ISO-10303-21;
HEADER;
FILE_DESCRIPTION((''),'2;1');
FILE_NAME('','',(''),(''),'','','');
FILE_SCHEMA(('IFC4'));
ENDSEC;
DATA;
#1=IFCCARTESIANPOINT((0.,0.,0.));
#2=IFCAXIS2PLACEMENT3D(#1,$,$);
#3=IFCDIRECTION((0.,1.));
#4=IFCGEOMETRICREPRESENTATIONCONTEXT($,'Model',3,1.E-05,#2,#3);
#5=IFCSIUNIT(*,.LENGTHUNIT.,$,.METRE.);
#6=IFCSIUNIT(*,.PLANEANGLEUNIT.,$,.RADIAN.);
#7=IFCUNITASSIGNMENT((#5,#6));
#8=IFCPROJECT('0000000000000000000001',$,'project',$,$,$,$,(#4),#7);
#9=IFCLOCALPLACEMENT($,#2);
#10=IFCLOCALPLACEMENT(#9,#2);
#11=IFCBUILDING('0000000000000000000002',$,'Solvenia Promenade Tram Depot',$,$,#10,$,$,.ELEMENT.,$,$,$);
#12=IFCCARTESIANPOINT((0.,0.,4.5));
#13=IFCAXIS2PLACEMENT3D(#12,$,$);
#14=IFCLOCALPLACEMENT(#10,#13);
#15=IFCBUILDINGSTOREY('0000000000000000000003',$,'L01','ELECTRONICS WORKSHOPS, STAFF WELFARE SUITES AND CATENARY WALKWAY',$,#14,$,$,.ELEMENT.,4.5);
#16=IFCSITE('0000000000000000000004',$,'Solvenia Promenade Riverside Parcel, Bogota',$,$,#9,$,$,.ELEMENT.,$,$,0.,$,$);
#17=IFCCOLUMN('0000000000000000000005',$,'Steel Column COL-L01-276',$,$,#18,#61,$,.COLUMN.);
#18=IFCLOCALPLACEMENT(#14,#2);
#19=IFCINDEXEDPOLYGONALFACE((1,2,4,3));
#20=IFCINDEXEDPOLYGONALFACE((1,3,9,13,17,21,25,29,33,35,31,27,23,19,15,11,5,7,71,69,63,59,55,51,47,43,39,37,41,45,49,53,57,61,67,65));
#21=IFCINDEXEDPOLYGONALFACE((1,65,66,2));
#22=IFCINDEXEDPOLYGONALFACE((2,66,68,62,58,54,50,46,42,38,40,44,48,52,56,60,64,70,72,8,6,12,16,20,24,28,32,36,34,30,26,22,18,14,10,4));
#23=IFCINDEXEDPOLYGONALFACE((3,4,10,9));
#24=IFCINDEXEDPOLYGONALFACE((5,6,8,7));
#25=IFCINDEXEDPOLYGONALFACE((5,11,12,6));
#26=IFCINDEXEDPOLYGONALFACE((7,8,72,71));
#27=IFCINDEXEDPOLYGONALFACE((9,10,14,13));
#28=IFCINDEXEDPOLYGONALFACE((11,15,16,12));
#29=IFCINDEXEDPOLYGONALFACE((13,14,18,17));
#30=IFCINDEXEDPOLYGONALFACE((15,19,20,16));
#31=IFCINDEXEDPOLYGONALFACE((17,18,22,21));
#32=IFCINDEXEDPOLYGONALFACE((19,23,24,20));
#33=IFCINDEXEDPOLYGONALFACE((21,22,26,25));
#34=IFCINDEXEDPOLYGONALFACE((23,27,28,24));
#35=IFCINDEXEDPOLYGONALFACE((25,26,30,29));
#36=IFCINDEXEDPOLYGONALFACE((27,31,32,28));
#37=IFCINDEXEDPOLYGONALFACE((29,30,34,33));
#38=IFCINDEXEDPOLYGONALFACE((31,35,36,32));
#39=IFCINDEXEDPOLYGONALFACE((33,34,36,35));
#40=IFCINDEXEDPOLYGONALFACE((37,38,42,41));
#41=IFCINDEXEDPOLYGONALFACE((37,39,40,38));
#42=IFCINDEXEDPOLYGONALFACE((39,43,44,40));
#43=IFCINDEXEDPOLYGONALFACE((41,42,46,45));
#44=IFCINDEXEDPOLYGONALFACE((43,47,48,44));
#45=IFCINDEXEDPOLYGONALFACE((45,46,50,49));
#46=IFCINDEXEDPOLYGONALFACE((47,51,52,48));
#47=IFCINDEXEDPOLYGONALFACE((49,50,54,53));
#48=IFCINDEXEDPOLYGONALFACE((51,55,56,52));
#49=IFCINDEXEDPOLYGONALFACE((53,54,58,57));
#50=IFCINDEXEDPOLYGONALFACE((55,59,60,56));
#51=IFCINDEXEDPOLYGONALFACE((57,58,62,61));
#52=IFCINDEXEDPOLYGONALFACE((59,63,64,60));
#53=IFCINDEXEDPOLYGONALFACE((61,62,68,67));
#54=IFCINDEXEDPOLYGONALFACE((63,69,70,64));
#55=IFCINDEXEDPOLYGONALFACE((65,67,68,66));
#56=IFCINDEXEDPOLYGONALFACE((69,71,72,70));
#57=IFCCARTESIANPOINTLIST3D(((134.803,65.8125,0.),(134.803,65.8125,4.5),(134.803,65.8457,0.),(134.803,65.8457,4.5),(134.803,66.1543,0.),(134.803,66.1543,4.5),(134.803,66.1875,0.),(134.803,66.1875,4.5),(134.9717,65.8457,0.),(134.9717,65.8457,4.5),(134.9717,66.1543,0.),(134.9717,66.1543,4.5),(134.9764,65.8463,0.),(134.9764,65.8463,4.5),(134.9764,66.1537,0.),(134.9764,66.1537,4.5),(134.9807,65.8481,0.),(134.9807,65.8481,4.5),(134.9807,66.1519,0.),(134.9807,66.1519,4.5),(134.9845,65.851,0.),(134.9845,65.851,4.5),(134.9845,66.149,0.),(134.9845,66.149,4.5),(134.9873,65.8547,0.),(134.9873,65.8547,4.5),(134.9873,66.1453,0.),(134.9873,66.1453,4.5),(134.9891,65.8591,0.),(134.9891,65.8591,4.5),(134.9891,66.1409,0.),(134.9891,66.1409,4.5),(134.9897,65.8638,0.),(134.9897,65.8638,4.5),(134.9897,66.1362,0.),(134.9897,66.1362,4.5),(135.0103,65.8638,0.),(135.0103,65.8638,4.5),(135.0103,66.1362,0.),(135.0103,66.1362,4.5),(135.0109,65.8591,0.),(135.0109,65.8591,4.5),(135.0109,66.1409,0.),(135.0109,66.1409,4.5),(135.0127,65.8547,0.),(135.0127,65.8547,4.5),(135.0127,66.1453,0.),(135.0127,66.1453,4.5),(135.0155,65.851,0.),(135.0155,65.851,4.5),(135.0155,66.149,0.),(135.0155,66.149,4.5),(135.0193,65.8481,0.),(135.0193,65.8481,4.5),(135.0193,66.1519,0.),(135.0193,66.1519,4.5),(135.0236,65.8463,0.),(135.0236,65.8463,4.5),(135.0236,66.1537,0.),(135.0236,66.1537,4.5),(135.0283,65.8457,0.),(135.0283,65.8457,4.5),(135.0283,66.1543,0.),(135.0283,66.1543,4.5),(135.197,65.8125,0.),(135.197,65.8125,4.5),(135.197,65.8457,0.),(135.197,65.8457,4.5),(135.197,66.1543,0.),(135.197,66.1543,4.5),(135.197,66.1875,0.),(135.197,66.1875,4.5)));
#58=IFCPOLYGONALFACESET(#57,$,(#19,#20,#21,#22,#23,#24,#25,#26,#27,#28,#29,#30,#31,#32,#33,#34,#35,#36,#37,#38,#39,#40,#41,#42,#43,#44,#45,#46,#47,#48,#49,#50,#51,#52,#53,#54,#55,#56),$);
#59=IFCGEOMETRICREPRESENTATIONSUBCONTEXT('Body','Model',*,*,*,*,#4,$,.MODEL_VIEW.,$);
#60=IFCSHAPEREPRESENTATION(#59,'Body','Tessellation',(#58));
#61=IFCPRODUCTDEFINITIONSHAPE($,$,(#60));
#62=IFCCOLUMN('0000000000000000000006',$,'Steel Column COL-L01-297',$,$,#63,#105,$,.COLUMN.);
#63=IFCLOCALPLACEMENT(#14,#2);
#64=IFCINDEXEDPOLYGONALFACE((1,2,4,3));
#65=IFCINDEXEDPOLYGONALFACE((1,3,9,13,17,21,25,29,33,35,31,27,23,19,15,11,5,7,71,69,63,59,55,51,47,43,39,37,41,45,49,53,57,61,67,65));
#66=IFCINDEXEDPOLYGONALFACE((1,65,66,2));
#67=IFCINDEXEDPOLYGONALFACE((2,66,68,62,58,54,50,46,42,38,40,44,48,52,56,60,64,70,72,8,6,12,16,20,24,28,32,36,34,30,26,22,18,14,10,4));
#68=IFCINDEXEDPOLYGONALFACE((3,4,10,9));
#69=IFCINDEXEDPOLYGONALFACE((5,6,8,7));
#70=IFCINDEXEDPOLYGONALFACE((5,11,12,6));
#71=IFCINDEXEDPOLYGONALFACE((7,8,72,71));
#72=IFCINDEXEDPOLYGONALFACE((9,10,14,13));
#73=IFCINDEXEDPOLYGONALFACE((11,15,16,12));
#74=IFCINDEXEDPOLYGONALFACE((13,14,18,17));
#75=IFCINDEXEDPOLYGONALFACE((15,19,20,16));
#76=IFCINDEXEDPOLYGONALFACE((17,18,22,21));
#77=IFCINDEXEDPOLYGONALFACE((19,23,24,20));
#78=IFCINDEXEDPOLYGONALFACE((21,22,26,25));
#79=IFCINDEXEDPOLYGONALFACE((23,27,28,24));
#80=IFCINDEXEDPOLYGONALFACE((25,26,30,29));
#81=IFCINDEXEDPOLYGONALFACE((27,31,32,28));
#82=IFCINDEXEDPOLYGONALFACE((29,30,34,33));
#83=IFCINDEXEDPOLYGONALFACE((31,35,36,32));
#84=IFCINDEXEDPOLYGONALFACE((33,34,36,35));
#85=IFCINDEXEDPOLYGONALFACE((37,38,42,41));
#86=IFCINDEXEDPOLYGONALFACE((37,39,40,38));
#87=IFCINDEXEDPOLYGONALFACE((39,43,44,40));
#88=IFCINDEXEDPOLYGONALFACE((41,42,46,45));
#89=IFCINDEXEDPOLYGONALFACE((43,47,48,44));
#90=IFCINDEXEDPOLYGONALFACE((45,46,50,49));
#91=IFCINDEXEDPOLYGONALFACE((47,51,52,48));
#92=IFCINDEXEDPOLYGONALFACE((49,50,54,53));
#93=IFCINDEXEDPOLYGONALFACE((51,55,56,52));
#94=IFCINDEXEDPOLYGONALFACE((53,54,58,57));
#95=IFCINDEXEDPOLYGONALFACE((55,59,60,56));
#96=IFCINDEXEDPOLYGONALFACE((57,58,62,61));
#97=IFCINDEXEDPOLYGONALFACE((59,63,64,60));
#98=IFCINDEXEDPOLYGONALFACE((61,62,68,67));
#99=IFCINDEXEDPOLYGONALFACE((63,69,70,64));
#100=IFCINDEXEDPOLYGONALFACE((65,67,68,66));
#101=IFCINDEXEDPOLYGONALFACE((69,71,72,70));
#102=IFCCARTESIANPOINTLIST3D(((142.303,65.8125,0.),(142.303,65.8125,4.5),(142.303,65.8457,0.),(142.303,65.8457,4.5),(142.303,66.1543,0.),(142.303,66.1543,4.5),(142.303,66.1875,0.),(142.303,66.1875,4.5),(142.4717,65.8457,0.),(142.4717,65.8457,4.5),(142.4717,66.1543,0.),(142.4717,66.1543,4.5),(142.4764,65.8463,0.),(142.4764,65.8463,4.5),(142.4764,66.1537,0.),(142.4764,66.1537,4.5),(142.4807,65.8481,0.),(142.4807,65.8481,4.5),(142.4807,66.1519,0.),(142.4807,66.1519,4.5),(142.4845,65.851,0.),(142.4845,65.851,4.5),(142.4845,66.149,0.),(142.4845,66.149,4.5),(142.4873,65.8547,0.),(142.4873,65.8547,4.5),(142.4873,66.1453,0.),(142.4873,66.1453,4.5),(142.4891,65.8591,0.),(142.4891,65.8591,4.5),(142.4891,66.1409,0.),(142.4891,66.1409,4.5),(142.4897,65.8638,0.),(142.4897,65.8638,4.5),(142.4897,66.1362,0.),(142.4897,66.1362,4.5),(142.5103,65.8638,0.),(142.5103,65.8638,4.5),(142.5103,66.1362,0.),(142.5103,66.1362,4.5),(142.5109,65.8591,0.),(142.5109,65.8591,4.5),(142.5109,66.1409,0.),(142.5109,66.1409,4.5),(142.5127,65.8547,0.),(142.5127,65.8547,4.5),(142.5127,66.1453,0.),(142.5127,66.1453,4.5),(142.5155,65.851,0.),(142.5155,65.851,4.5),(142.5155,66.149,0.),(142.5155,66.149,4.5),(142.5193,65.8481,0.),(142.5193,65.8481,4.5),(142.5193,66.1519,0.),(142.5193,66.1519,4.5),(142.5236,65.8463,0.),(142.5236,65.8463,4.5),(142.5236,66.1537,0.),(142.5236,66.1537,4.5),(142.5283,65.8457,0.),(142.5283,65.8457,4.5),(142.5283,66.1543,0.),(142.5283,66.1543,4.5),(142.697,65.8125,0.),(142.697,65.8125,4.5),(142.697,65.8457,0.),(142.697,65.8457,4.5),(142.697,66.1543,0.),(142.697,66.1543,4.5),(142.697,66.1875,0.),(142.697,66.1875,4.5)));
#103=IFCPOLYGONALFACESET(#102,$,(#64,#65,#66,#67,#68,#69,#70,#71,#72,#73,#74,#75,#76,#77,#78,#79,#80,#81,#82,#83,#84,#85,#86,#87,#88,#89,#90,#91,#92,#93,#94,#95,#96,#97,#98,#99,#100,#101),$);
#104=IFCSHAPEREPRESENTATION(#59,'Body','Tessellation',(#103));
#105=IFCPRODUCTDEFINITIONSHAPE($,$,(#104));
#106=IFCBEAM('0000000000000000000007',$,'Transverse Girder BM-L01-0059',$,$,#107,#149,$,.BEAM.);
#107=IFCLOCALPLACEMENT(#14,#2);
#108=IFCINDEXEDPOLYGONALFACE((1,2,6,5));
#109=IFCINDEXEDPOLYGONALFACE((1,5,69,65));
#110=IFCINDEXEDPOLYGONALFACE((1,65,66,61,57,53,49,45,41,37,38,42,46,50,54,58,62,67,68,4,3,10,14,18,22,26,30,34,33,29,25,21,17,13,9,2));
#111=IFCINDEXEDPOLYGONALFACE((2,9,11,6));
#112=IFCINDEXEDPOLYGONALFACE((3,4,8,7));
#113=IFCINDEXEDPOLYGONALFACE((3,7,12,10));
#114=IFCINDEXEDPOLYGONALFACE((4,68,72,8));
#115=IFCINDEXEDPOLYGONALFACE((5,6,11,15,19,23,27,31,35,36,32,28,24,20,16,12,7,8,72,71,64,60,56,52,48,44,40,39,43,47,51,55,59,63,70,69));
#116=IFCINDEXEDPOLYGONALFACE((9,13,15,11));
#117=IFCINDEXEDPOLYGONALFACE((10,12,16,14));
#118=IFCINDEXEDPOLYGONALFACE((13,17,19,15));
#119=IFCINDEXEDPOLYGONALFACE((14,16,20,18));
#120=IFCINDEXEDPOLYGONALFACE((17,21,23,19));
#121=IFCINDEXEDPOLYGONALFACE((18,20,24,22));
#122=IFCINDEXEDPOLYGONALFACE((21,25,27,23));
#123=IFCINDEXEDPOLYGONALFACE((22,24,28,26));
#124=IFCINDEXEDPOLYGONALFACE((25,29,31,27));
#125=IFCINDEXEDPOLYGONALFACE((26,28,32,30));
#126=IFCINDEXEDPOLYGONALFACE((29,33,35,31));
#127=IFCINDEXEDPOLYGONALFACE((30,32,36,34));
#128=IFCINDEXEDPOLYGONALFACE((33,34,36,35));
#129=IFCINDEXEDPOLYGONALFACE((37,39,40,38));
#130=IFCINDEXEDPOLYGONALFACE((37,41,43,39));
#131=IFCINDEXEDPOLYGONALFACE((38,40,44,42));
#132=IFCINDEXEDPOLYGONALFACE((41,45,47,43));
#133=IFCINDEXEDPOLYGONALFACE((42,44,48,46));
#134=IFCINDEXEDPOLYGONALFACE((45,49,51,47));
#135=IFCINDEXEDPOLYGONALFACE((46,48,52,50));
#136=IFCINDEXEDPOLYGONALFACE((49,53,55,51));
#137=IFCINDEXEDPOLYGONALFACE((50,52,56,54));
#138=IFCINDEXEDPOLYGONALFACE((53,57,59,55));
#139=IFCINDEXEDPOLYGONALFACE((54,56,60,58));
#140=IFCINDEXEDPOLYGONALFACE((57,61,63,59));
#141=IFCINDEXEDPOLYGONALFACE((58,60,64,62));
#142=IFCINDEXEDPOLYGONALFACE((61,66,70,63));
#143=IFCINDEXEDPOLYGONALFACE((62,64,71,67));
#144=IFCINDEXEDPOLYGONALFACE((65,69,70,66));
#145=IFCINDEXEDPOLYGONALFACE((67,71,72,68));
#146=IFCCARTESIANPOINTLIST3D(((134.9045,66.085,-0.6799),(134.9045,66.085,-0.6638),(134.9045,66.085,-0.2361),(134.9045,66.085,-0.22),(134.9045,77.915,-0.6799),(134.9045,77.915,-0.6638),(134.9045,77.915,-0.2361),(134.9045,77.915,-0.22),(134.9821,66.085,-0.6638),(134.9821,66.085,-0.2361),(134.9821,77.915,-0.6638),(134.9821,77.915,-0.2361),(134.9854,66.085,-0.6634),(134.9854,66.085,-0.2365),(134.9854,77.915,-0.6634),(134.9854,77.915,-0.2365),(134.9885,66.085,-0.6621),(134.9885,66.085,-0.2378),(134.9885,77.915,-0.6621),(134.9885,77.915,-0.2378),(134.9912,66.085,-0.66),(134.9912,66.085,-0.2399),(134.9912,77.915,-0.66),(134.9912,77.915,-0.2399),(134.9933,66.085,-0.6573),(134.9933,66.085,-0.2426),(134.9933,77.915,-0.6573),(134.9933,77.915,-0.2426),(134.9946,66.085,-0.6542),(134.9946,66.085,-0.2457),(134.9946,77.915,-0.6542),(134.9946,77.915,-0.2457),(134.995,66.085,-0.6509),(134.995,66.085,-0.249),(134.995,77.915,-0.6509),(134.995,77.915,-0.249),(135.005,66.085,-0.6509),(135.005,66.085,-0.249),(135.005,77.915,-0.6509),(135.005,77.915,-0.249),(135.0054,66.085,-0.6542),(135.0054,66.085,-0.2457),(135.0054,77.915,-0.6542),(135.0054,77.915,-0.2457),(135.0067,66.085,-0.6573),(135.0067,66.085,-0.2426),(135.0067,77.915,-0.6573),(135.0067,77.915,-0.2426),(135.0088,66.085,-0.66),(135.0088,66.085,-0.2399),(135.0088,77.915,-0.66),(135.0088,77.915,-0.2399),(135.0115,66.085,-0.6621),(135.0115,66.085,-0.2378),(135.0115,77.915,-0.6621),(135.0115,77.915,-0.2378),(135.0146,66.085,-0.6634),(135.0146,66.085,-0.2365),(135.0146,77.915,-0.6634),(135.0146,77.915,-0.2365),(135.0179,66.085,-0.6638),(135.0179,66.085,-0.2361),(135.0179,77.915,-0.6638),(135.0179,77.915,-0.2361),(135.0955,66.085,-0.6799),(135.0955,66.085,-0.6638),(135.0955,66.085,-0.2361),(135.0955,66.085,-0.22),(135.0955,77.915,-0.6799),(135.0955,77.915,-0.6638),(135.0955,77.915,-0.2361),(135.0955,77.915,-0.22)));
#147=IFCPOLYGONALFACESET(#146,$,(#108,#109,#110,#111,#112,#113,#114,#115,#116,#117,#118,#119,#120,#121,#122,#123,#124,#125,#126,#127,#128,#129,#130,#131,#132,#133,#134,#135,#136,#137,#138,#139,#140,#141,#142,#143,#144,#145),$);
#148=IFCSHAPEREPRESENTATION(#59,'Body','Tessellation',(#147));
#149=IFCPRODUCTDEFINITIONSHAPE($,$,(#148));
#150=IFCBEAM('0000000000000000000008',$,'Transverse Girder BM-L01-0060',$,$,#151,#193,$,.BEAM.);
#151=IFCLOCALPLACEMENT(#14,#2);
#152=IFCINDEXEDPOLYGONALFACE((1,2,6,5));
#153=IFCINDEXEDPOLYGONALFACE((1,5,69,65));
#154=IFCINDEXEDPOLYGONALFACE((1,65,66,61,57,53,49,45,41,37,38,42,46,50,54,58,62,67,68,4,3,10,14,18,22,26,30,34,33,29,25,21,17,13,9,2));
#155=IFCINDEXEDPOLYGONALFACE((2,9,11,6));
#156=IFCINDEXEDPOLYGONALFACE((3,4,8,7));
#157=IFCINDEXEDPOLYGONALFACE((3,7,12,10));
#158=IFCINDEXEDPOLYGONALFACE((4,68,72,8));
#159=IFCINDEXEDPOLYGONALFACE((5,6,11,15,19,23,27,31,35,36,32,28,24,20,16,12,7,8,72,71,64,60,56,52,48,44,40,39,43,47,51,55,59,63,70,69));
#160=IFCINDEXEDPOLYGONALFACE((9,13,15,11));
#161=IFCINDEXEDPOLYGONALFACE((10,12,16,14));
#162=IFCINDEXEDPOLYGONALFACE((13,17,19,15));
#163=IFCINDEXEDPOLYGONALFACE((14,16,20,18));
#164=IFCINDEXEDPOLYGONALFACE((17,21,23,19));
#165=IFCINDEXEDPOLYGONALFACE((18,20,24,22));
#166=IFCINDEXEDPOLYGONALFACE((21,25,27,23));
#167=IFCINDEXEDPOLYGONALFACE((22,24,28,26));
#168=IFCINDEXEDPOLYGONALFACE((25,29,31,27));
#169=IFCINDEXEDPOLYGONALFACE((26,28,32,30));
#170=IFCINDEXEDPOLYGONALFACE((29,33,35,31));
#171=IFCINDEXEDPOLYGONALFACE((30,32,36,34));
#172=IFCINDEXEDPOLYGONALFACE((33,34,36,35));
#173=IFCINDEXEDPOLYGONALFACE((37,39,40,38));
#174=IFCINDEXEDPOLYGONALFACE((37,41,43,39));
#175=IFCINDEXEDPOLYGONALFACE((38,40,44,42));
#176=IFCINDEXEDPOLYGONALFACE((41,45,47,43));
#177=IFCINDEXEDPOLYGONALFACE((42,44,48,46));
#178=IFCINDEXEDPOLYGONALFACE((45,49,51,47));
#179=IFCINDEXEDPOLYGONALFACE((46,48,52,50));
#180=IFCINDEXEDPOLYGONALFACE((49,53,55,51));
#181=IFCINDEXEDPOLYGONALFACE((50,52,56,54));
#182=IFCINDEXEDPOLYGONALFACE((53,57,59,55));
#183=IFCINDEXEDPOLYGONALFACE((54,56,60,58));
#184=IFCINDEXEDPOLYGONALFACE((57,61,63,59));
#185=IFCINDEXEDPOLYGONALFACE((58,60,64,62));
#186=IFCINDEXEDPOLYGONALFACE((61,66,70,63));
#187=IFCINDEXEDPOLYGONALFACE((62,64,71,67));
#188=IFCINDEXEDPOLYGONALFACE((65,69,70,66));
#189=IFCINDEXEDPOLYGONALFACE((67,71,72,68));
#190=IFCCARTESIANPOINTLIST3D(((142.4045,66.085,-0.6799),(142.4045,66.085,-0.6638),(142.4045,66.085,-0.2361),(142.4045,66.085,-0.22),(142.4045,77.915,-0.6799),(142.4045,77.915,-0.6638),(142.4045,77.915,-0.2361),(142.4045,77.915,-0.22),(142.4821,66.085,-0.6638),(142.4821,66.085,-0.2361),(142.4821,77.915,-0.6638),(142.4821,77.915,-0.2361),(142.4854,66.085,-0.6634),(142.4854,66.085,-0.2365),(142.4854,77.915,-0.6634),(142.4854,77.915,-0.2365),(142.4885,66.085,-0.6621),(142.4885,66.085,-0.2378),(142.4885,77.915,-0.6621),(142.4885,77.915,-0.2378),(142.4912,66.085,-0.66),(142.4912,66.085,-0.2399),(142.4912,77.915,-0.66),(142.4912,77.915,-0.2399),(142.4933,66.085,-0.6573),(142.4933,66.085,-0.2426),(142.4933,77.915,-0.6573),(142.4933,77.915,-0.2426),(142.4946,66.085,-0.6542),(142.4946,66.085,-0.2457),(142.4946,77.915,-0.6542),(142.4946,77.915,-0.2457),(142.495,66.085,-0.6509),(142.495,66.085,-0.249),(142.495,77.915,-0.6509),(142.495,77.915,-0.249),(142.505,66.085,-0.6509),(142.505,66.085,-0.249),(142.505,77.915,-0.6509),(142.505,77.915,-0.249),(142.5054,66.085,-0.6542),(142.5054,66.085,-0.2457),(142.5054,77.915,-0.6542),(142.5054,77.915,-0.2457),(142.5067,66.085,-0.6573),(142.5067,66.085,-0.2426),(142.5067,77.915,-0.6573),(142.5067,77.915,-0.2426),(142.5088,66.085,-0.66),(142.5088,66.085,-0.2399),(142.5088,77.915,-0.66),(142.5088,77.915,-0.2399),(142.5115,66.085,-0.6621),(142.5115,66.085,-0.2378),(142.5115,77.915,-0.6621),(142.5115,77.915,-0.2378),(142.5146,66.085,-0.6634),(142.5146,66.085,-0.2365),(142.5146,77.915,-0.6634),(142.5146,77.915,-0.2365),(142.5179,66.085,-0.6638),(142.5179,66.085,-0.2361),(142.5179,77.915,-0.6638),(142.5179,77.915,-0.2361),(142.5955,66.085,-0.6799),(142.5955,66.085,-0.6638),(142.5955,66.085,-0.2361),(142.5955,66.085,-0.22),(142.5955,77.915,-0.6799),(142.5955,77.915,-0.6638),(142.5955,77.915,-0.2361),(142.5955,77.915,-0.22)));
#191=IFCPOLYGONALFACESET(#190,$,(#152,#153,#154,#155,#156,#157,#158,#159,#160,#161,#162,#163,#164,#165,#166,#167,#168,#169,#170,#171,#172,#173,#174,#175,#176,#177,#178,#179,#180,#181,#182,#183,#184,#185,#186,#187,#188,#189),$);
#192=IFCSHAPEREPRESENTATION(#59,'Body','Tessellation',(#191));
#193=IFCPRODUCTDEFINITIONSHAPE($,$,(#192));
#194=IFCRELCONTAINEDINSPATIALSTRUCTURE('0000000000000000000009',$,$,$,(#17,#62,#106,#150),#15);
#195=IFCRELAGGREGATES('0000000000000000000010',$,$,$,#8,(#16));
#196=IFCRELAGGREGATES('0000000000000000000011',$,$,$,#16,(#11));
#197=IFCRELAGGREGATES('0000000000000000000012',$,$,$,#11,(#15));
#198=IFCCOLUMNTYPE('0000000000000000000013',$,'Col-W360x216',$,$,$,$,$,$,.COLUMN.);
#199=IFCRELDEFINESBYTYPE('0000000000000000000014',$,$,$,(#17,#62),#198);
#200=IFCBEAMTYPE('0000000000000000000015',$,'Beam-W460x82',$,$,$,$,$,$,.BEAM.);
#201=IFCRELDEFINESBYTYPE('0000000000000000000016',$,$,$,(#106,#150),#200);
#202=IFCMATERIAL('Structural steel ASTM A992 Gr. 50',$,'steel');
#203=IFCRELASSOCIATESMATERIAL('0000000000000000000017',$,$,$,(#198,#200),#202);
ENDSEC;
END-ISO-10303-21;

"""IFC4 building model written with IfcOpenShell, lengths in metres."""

from ifc_helpers import new_model, si_unit, direction, frame, origin, origin_2d, place, context, subcontext, project, spatial, i_section, extrude, material, material_profile, profile_set, type_object, element, save


model = new_model("IFC4")

# Units and contexts
model_context = context("Model", 3, precision=1e-05, world=origin(), true_north=direction((0.0, 1.0)))
body_context = subcontext(model_context, "Body", "Model", "MODEL_VIEW")
ifc_project = project(units=[si_unit("LENGTHUNIT", "METRE"), si_unit("PLANEANGLEUNIT", "RADIAN")], contexts=[model_context])

# Site, building, storey
site_placement = place(None, origin())
site = spatial("IfcSite", under=ifc_project, at=site_placement, Name="Solvenia Promenade Riverside Parcel, Bogota", CompositionType="ELEMENT", RefElevation=0.0)
building_placement = place(site_placement, origin())
building = spatial("IfcBuilding", under=site, at=building_placement, Name="Solvenia Promenade Tram Depot", CompositionType="ELEMENT")
storey_placement = place(building_placement, frame((0.0, 0.0, 4.5)))
storey = spatial("IfcBuildingStorey", under=building, at=storey_placement, Name="L01", Description="ELECTRONICS WORKSHOPS, STAFF WELFARE SUITES AND CATENARY WALKWAY", CompositionType="ELEMENT", Elevation=4.5)

# Columns
ifc_material_1 = material(Name="Structural steel ASTM A992 Gr. 50", Category="steel")
ifc_material_profile_1 = material_profile(ifc_material_1, i_section(OverallWidth=0.394, OverallDepth=0.375, WebThickness=0.0205, FlangeThickness=0.0332, FilletRadius=0.0181, at=origin_2d()), Name="W360x216", Category="steel")
ifc_profile_set_1 = profile_set([ifc_material_profile_1], Name="Structural steel ASTM A992 Gr. 50")
column_type = type_object("IfcColumnType", Name="Col-W360x216", PredefinedType="COLUMN", material=ifc_profile_set_1)
for number, where, z_axis, x_axis, name in (
    (1, (135.0, 66.0, 0.0), (0.0, 0.0, 1.0), (1.0, 0.0, 0.0), "Steel Column COL-L01-276"),
    (2, (142.5, 66.0, 0.0), (0.0, 0.0, 1.0), (1.0, 0.0, 0.0), "Steel Column COL-L01-297"),
):
    element("IfcColumn", number, at=place(storey_placement, frame(where, z_axis=z_axis, x_axis=x_axis)), inside=storey, type_object=column_type, Name=name, PredefinedType="COLUMN", context=body_context, shape_type="SweptSolid", body=[
        extrude(i_section(OverallWidth=0.394, OverallDepth=0.375, WebThickness=0.0205, FlangeThickness=0.0332, FilletRadius=0.0181, at=origin_2d()), origin(), (0.0, 0.0, 1.0), 4.5),
    ])

# Beams
ifc_material_profile_2 = material_profile(ifc_material_1, i_section(OverallWidth=0.1909, OverallDepth=0.46, WebThickness=0.01, FlangeThickness=0.0161, FilletRadius=0.0129, at=origin_2d()), Name="W460x82", Category="steel")
ifc_profile_set_2 = profile_set([ifc_material_profile_2], Name="Structural steel ASTM A992 Gr. 50")
beam_type_1 = type_object("IfcBeamType", Name="Beam-W460x82", PredefinedType="BEAM", material=ifc_profile_set_2)
for number, where, z_axis, x_axis, name in (
    (3, (135.0, 66.085, -0.45), (0.0, 1.0, 0.0), (-1.0, 0.0, 0.0), "Transverse Girder BM-L01-0059"),
    (4, (142.5, 66.085, -0.45), (0.0, 1.0, 0.0), (-1.0, 0.0, 0.0), "Transverse Girder BM-L01-0060"),
):
    element("IfcBeam", number, at=place(storey_placement, frame(where, z_axis=z_axis, x_axis=x_axis)), inside=storey, type_object=beam_type_1, Name=name, PredefinedType="BEAM", context=body_context, shape_type="SweptSolid", body=[
        extrude(i_section(OverallWidth=0.1909, OverallDepth=0.46, WebThickness=0.01, FlangeThickness=0.0161, FilletRadius=0.0129, at=origin_2d()), origin(), (0.0, 0.0, 1.0), 11.8301),
    ])

save(model, "model.ifc")
